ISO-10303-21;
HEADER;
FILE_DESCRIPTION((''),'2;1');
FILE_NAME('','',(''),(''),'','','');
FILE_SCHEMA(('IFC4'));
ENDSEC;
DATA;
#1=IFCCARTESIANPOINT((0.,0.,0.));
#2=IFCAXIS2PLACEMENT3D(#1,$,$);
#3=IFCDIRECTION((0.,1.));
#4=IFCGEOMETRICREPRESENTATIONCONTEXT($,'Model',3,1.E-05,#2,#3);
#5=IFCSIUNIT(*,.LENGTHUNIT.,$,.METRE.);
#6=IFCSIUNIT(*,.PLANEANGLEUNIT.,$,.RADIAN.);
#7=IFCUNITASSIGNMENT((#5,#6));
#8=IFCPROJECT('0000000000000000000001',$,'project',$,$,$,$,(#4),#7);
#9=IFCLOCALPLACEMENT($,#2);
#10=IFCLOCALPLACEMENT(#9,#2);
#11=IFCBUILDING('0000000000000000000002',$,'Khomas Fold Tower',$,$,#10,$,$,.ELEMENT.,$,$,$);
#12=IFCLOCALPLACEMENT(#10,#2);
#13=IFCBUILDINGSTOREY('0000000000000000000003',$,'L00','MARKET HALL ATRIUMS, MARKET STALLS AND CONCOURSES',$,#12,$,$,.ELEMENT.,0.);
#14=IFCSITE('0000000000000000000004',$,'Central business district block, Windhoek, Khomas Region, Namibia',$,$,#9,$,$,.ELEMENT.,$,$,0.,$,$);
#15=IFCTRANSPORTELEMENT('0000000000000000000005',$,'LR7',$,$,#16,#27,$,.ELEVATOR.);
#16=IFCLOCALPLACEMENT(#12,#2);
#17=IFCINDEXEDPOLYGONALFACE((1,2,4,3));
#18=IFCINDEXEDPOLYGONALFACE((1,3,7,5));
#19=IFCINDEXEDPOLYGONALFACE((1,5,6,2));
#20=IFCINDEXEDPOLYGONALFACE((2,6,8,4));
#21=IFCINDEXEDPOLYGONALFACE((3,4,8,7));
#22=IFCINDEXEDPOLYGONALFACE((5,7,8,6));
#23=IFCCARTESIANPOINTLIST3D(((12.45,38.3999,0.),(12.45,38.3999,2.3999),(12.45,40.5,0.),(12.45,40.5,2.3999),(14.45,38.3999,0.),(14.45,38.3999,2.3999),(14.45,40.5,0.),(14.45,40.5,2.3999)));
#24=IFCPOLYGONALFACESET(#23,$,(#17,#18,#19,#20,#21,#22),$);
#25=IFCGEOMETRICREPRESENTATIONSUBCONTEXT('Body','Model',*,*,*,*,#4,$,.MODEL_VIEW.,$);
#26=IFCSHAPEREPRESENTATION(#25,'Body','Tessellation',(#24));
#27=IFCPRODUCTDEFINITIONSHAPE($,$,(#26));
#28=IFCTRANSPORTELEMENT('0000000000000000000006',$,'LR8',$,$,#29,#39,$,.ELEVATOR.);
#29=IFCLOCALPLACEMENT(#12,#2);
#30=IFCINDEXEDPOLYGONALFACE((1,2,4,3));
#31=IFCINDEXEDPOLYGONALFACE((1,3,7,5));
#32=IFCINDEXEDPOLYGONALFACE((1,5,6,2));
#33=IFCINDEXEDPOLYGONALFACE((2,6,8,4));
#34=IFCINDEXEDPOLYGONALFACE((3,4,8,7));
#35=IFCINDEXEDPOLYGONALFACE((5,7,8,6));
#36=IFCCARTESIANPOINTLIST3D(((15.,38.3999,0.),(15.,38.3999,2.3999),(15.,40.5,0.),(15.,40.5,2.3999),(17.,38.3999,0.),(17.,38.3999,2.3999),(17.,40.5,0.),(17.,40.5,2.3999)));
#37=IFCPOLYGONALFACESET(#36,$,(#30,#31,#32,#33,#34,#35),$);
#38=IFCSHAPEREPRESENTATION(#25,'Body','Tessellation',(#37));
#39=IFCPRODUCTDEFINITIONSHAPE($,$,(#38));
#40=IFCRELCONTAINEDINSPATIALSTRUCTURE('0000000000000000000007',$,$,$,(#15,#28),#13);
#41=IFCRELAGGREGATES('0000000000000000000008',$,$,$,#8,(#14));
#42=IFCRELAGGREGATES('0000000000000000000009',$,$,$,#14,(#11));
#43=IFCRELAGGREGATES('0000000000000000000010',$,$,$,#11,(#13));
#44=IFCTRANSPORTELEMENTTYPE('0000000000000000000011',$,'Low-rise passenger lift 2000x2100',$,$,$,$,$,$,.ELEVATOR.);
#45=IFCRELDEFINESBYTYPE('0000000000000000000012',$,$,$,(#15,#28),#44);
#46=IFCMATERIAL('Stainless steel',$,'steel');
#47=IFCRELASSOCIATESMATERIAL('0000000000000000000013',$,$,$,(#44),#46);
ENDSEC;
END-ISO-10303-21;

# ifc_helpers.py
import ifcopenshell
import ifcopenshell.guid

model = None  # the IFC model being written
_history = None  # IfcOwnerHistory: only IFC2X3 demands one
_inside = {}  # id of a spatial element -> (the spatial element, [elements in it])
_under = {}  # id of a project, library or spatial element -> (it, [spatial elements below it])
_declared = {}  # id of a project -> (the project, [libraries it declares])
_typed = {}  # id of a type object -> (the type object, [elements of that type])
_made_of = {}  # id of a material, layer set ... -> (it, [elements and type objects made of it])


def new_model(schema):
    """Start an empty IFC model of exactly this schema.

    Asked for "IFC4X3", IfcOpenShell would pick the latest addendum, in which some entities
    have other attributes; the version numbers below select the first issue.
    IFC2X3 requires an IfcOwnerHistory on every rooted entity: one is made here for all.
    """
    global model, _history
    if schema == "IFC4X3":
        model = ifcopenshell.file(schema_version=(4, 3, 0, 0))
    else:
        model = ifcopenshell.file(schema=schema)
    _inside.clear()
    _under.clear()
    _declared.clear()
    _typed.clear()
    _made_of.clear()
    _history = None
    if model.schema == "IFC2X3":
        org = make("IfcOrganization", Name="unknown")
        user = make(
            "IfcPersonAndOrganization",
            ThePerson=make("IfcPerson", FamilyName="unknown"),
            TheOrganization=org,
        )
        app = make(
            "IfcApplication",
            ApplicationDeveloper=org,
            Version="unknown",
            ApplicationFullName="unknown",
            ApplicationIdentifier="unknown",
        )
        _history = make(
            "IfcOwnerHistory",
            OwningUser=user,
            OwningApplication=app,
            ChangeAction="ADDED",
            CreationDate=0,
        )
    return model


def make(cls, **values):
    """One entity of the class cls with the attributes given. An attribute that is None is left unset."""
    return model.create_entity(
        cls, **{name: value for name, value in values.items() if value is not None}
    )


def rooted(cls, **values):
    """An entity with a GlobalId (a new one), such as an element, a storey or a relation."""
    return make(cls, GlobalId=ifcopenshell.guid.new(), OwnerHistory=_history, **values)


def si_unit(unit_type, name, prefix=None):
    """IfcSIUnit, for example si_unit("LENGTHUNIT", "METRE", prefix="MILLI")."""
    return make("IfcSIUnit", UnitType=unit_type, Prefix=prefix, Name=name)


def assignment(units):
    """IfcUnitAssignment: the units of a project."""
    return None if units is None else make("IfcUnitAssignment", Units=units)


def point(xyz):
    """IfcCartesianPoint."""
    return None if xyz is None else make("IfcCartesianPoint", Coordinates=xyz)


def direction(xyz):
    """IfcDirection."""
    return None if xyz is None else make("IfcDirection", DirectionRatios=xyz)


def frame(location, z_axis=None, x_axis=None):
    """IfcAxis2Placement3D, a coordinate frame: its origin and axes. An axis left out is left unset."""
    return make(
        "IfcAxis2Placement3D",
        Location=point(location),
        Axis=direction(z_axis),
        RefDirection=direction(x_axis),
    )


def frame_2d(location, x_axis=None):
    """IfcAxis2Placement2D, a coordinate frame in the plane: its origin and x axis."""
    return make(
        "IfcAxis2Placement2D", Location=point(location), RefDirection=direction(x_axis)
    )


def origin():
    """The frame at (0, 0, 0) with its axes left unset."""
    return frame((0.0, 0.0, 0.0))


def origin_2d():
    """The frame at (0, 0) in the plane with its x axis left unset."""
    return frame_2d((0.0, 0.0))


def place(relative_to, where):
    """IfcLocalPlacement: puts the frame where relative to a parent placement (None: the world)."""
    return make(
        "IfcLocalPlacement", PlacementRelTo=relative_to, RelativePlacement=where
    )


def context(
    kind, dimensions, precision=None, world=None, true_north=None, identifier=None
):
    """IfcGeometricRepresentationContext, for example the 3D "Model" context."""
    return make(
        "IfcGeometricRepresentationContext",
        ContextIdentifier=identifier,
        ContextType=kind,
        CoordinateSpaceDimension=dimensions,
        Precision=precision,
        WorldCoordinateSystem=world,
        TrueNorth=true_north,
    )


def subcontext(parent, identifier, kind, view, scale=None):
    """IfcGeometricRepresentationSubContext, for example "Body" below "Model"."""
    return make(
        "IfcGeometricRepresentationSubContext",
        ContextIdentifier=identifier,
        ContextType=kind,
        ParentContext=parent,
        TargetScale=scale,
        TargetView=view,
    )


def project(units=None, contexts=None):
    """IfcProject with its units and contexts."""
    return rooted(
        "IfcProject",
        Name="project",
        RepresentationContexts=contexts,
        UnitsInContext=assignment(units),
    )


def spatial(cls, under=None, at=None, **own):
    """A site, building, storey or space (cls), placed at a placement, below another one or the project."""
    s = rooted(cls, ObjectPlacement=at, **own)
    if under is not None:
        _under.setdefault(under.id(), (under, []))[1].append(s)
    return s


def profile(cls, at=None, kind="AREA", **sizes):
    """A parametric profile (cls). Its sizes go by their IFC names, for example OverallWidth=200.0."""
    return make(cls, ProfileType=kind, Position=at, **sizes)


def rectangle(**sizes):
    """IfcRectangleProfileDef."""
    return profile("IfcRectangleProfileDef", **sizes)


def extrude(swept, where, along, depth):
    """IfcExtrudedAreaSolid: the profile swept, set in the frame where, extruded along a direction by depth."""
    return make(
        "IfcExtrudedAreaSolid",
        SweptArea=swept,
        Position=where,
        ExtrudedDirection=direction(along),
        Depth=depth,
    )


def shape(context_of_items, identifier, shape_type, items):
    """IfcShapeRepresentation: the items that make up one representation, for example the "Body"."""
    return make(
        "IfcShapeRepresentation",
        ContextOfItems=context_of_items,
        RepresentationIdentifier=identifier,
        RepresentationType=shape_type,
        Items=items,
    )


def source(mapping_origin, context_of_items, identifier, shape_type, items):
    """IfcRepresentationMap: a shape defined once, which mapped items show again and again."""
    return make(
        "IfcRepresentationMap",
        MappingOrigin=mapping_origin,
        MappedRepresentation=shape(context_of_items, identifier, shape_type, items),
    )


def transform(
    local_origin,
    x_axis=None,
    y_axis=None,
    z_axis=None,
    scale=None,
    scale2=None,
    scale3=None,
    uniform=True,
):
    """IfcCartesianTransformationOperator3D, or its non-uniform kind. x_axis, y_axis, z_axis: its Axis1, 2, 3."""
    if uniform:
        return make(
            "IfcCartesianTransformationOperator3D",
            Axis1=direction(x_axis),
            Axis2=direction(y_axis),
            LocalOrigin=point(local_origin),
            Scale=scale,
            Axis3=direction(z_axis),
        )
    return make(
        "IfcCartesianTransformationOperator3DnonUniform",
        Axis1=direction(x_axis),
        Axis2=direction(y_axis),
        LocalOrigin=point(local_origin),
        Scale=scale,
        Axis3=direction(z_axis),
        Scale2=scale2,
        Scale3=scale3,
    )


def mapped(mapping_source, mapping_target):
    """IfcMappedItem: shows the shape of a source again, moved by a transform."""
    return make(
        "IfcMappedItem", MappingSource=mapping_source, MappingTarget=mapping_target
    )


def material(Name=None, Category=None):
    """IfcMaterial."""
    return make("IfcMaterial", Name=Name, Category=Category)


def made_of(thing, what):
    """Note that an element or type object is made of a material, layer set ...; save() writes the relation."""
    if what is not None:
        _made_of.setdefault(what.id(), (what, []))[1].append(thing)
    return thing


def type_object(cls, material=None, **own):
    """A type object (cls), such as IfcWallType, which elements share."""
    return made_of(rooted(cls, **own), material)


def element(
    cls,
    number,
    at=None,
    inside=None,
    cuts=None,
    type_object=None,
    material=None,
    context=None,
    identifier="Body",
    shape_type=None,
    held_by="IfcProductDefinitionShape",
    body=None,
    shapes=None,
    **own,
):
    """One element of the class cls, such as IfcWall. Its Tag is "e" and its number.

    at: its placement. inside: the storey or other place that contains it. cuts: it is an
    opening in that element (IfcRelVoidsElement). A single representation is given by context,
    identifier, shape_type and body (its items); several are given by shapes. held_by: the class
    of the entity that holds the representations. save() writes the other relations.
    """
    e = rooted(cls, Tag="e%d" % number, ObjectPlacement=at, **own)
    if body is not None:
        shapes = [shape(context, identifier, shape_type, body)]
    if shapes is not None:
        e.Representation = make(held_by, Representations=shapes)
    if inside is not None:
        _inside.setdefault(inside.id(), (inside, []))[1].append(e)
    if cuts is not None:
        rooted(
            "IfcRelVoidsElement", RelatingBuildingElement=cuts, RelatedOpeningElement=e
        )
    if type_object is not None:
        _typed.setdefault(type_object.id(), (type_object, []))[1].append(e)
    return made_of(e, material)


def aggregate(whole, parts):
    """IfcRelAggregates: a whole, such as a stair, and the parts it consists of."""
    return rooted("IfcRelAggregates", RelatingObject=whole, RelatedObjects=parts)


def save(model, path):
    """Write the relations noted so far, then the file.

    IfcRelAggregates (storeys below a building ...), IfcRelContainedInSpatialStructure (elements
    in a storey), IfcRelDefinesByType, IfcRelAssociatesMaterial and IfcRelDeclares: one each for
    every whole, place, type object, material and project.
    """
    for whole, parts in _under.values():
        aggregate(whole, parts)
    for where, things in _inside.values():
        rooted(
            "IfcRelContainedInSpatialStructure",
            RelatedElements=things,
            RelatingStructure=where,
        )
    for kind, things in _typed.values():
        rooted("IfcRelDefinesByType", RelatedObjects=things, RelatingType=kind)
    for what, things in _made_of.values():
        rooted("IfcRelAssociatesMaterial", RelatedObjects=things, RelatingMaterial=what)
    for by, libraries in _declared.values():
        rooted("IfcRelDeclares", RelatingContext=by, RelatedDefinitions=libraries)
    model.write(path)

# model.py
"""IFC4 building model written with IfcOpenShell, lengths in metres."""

from ifc_helpers import new_model, si_unit, direction, frame, origin, origin_2d, place, context, subcontext, project, spatial, rectangle, extrude, source, transform, mapped, material, type_object, element, save


model = new_model("IFC4")

# Units and contexts
model_context = context("Model", 3, precision=1e-05, world=origin(), true_north=direction((0.0, 1.0)))
body_context = subcontext(model_context, "Body", "Model", "MODEL_VIEW")
ifc_project = project(units=[si_unit("LENGTHUNIT", "METRE"), si_unit("PLANEANGLEUNIT", "RADIAN")], contexts=[model_context])

# Site, building, storey
site_placement = place(None, origin())
site = spatial("IfcSite", under=ifc_project, at=site_placement, Name="Central business district block, Windhoek, Khomas Region, Namibia", CompositionType="ELEMENT", RefElevation=0.0)
building_placement = place(site_placement, origin())
building = spatial("IfcBuilding", under=site, at=building_placement, Name="Khomas Fold Tower", CompositionType="ELEMENT")
storey_placement = place(building_placement, origin())
storey = spatial("IfcBuildingStorey", under=building, at=storey_placement, Name="L00", Description="MARKET HALL ATRIUMS, MARKET STALLS AND CONCOURSES", CompositionType="ELEMENT", Elevation=0.0)

# Transport elements
ifc_material_1 = material(Name="Stainless steel", Category="steel")
transport_element_type = type_object("IfcTransportElementType", Name="Low-rise passenger lift 2000x2100", PredefinedType="ELEVATOR", material=ifc_material_1)
shared_shape_1 = source(origin(), body_context, "Body", "SweptSolid", [
    extrude(rectangle(XDim=2.0, YDim=2.1001, at=origin_2d()), origin(), (0.0, 0.0, 1.0), 2.3999),
])
for number, where, z_axis, x_axis, name in (
    (1, (13.45, 39.45, 0.0), (0.0, 0.0, 1.0), (1.0, 0.0, 0.0), "LR7"),
    (2, (16.0, 39.45, 0.0), (0.0, 0.0, 1.0), (1.0, 0.0, 0.0), "LR8"),
):
    element("IfcTransportElement", number, at=place(storey_placement, frame(where, z_axis=z_axis, x_axis=x_axis)), inside=storey, type_object=transport_element_type, Name=name, PredefinedType="ELEVATOR", context=body_context, shape_type="MappedRepresentation", body=[
        mapped(shared_shape_1, transform((0.0, 0.0, 0.0))),
    ])

save(model, "model.ifc")
